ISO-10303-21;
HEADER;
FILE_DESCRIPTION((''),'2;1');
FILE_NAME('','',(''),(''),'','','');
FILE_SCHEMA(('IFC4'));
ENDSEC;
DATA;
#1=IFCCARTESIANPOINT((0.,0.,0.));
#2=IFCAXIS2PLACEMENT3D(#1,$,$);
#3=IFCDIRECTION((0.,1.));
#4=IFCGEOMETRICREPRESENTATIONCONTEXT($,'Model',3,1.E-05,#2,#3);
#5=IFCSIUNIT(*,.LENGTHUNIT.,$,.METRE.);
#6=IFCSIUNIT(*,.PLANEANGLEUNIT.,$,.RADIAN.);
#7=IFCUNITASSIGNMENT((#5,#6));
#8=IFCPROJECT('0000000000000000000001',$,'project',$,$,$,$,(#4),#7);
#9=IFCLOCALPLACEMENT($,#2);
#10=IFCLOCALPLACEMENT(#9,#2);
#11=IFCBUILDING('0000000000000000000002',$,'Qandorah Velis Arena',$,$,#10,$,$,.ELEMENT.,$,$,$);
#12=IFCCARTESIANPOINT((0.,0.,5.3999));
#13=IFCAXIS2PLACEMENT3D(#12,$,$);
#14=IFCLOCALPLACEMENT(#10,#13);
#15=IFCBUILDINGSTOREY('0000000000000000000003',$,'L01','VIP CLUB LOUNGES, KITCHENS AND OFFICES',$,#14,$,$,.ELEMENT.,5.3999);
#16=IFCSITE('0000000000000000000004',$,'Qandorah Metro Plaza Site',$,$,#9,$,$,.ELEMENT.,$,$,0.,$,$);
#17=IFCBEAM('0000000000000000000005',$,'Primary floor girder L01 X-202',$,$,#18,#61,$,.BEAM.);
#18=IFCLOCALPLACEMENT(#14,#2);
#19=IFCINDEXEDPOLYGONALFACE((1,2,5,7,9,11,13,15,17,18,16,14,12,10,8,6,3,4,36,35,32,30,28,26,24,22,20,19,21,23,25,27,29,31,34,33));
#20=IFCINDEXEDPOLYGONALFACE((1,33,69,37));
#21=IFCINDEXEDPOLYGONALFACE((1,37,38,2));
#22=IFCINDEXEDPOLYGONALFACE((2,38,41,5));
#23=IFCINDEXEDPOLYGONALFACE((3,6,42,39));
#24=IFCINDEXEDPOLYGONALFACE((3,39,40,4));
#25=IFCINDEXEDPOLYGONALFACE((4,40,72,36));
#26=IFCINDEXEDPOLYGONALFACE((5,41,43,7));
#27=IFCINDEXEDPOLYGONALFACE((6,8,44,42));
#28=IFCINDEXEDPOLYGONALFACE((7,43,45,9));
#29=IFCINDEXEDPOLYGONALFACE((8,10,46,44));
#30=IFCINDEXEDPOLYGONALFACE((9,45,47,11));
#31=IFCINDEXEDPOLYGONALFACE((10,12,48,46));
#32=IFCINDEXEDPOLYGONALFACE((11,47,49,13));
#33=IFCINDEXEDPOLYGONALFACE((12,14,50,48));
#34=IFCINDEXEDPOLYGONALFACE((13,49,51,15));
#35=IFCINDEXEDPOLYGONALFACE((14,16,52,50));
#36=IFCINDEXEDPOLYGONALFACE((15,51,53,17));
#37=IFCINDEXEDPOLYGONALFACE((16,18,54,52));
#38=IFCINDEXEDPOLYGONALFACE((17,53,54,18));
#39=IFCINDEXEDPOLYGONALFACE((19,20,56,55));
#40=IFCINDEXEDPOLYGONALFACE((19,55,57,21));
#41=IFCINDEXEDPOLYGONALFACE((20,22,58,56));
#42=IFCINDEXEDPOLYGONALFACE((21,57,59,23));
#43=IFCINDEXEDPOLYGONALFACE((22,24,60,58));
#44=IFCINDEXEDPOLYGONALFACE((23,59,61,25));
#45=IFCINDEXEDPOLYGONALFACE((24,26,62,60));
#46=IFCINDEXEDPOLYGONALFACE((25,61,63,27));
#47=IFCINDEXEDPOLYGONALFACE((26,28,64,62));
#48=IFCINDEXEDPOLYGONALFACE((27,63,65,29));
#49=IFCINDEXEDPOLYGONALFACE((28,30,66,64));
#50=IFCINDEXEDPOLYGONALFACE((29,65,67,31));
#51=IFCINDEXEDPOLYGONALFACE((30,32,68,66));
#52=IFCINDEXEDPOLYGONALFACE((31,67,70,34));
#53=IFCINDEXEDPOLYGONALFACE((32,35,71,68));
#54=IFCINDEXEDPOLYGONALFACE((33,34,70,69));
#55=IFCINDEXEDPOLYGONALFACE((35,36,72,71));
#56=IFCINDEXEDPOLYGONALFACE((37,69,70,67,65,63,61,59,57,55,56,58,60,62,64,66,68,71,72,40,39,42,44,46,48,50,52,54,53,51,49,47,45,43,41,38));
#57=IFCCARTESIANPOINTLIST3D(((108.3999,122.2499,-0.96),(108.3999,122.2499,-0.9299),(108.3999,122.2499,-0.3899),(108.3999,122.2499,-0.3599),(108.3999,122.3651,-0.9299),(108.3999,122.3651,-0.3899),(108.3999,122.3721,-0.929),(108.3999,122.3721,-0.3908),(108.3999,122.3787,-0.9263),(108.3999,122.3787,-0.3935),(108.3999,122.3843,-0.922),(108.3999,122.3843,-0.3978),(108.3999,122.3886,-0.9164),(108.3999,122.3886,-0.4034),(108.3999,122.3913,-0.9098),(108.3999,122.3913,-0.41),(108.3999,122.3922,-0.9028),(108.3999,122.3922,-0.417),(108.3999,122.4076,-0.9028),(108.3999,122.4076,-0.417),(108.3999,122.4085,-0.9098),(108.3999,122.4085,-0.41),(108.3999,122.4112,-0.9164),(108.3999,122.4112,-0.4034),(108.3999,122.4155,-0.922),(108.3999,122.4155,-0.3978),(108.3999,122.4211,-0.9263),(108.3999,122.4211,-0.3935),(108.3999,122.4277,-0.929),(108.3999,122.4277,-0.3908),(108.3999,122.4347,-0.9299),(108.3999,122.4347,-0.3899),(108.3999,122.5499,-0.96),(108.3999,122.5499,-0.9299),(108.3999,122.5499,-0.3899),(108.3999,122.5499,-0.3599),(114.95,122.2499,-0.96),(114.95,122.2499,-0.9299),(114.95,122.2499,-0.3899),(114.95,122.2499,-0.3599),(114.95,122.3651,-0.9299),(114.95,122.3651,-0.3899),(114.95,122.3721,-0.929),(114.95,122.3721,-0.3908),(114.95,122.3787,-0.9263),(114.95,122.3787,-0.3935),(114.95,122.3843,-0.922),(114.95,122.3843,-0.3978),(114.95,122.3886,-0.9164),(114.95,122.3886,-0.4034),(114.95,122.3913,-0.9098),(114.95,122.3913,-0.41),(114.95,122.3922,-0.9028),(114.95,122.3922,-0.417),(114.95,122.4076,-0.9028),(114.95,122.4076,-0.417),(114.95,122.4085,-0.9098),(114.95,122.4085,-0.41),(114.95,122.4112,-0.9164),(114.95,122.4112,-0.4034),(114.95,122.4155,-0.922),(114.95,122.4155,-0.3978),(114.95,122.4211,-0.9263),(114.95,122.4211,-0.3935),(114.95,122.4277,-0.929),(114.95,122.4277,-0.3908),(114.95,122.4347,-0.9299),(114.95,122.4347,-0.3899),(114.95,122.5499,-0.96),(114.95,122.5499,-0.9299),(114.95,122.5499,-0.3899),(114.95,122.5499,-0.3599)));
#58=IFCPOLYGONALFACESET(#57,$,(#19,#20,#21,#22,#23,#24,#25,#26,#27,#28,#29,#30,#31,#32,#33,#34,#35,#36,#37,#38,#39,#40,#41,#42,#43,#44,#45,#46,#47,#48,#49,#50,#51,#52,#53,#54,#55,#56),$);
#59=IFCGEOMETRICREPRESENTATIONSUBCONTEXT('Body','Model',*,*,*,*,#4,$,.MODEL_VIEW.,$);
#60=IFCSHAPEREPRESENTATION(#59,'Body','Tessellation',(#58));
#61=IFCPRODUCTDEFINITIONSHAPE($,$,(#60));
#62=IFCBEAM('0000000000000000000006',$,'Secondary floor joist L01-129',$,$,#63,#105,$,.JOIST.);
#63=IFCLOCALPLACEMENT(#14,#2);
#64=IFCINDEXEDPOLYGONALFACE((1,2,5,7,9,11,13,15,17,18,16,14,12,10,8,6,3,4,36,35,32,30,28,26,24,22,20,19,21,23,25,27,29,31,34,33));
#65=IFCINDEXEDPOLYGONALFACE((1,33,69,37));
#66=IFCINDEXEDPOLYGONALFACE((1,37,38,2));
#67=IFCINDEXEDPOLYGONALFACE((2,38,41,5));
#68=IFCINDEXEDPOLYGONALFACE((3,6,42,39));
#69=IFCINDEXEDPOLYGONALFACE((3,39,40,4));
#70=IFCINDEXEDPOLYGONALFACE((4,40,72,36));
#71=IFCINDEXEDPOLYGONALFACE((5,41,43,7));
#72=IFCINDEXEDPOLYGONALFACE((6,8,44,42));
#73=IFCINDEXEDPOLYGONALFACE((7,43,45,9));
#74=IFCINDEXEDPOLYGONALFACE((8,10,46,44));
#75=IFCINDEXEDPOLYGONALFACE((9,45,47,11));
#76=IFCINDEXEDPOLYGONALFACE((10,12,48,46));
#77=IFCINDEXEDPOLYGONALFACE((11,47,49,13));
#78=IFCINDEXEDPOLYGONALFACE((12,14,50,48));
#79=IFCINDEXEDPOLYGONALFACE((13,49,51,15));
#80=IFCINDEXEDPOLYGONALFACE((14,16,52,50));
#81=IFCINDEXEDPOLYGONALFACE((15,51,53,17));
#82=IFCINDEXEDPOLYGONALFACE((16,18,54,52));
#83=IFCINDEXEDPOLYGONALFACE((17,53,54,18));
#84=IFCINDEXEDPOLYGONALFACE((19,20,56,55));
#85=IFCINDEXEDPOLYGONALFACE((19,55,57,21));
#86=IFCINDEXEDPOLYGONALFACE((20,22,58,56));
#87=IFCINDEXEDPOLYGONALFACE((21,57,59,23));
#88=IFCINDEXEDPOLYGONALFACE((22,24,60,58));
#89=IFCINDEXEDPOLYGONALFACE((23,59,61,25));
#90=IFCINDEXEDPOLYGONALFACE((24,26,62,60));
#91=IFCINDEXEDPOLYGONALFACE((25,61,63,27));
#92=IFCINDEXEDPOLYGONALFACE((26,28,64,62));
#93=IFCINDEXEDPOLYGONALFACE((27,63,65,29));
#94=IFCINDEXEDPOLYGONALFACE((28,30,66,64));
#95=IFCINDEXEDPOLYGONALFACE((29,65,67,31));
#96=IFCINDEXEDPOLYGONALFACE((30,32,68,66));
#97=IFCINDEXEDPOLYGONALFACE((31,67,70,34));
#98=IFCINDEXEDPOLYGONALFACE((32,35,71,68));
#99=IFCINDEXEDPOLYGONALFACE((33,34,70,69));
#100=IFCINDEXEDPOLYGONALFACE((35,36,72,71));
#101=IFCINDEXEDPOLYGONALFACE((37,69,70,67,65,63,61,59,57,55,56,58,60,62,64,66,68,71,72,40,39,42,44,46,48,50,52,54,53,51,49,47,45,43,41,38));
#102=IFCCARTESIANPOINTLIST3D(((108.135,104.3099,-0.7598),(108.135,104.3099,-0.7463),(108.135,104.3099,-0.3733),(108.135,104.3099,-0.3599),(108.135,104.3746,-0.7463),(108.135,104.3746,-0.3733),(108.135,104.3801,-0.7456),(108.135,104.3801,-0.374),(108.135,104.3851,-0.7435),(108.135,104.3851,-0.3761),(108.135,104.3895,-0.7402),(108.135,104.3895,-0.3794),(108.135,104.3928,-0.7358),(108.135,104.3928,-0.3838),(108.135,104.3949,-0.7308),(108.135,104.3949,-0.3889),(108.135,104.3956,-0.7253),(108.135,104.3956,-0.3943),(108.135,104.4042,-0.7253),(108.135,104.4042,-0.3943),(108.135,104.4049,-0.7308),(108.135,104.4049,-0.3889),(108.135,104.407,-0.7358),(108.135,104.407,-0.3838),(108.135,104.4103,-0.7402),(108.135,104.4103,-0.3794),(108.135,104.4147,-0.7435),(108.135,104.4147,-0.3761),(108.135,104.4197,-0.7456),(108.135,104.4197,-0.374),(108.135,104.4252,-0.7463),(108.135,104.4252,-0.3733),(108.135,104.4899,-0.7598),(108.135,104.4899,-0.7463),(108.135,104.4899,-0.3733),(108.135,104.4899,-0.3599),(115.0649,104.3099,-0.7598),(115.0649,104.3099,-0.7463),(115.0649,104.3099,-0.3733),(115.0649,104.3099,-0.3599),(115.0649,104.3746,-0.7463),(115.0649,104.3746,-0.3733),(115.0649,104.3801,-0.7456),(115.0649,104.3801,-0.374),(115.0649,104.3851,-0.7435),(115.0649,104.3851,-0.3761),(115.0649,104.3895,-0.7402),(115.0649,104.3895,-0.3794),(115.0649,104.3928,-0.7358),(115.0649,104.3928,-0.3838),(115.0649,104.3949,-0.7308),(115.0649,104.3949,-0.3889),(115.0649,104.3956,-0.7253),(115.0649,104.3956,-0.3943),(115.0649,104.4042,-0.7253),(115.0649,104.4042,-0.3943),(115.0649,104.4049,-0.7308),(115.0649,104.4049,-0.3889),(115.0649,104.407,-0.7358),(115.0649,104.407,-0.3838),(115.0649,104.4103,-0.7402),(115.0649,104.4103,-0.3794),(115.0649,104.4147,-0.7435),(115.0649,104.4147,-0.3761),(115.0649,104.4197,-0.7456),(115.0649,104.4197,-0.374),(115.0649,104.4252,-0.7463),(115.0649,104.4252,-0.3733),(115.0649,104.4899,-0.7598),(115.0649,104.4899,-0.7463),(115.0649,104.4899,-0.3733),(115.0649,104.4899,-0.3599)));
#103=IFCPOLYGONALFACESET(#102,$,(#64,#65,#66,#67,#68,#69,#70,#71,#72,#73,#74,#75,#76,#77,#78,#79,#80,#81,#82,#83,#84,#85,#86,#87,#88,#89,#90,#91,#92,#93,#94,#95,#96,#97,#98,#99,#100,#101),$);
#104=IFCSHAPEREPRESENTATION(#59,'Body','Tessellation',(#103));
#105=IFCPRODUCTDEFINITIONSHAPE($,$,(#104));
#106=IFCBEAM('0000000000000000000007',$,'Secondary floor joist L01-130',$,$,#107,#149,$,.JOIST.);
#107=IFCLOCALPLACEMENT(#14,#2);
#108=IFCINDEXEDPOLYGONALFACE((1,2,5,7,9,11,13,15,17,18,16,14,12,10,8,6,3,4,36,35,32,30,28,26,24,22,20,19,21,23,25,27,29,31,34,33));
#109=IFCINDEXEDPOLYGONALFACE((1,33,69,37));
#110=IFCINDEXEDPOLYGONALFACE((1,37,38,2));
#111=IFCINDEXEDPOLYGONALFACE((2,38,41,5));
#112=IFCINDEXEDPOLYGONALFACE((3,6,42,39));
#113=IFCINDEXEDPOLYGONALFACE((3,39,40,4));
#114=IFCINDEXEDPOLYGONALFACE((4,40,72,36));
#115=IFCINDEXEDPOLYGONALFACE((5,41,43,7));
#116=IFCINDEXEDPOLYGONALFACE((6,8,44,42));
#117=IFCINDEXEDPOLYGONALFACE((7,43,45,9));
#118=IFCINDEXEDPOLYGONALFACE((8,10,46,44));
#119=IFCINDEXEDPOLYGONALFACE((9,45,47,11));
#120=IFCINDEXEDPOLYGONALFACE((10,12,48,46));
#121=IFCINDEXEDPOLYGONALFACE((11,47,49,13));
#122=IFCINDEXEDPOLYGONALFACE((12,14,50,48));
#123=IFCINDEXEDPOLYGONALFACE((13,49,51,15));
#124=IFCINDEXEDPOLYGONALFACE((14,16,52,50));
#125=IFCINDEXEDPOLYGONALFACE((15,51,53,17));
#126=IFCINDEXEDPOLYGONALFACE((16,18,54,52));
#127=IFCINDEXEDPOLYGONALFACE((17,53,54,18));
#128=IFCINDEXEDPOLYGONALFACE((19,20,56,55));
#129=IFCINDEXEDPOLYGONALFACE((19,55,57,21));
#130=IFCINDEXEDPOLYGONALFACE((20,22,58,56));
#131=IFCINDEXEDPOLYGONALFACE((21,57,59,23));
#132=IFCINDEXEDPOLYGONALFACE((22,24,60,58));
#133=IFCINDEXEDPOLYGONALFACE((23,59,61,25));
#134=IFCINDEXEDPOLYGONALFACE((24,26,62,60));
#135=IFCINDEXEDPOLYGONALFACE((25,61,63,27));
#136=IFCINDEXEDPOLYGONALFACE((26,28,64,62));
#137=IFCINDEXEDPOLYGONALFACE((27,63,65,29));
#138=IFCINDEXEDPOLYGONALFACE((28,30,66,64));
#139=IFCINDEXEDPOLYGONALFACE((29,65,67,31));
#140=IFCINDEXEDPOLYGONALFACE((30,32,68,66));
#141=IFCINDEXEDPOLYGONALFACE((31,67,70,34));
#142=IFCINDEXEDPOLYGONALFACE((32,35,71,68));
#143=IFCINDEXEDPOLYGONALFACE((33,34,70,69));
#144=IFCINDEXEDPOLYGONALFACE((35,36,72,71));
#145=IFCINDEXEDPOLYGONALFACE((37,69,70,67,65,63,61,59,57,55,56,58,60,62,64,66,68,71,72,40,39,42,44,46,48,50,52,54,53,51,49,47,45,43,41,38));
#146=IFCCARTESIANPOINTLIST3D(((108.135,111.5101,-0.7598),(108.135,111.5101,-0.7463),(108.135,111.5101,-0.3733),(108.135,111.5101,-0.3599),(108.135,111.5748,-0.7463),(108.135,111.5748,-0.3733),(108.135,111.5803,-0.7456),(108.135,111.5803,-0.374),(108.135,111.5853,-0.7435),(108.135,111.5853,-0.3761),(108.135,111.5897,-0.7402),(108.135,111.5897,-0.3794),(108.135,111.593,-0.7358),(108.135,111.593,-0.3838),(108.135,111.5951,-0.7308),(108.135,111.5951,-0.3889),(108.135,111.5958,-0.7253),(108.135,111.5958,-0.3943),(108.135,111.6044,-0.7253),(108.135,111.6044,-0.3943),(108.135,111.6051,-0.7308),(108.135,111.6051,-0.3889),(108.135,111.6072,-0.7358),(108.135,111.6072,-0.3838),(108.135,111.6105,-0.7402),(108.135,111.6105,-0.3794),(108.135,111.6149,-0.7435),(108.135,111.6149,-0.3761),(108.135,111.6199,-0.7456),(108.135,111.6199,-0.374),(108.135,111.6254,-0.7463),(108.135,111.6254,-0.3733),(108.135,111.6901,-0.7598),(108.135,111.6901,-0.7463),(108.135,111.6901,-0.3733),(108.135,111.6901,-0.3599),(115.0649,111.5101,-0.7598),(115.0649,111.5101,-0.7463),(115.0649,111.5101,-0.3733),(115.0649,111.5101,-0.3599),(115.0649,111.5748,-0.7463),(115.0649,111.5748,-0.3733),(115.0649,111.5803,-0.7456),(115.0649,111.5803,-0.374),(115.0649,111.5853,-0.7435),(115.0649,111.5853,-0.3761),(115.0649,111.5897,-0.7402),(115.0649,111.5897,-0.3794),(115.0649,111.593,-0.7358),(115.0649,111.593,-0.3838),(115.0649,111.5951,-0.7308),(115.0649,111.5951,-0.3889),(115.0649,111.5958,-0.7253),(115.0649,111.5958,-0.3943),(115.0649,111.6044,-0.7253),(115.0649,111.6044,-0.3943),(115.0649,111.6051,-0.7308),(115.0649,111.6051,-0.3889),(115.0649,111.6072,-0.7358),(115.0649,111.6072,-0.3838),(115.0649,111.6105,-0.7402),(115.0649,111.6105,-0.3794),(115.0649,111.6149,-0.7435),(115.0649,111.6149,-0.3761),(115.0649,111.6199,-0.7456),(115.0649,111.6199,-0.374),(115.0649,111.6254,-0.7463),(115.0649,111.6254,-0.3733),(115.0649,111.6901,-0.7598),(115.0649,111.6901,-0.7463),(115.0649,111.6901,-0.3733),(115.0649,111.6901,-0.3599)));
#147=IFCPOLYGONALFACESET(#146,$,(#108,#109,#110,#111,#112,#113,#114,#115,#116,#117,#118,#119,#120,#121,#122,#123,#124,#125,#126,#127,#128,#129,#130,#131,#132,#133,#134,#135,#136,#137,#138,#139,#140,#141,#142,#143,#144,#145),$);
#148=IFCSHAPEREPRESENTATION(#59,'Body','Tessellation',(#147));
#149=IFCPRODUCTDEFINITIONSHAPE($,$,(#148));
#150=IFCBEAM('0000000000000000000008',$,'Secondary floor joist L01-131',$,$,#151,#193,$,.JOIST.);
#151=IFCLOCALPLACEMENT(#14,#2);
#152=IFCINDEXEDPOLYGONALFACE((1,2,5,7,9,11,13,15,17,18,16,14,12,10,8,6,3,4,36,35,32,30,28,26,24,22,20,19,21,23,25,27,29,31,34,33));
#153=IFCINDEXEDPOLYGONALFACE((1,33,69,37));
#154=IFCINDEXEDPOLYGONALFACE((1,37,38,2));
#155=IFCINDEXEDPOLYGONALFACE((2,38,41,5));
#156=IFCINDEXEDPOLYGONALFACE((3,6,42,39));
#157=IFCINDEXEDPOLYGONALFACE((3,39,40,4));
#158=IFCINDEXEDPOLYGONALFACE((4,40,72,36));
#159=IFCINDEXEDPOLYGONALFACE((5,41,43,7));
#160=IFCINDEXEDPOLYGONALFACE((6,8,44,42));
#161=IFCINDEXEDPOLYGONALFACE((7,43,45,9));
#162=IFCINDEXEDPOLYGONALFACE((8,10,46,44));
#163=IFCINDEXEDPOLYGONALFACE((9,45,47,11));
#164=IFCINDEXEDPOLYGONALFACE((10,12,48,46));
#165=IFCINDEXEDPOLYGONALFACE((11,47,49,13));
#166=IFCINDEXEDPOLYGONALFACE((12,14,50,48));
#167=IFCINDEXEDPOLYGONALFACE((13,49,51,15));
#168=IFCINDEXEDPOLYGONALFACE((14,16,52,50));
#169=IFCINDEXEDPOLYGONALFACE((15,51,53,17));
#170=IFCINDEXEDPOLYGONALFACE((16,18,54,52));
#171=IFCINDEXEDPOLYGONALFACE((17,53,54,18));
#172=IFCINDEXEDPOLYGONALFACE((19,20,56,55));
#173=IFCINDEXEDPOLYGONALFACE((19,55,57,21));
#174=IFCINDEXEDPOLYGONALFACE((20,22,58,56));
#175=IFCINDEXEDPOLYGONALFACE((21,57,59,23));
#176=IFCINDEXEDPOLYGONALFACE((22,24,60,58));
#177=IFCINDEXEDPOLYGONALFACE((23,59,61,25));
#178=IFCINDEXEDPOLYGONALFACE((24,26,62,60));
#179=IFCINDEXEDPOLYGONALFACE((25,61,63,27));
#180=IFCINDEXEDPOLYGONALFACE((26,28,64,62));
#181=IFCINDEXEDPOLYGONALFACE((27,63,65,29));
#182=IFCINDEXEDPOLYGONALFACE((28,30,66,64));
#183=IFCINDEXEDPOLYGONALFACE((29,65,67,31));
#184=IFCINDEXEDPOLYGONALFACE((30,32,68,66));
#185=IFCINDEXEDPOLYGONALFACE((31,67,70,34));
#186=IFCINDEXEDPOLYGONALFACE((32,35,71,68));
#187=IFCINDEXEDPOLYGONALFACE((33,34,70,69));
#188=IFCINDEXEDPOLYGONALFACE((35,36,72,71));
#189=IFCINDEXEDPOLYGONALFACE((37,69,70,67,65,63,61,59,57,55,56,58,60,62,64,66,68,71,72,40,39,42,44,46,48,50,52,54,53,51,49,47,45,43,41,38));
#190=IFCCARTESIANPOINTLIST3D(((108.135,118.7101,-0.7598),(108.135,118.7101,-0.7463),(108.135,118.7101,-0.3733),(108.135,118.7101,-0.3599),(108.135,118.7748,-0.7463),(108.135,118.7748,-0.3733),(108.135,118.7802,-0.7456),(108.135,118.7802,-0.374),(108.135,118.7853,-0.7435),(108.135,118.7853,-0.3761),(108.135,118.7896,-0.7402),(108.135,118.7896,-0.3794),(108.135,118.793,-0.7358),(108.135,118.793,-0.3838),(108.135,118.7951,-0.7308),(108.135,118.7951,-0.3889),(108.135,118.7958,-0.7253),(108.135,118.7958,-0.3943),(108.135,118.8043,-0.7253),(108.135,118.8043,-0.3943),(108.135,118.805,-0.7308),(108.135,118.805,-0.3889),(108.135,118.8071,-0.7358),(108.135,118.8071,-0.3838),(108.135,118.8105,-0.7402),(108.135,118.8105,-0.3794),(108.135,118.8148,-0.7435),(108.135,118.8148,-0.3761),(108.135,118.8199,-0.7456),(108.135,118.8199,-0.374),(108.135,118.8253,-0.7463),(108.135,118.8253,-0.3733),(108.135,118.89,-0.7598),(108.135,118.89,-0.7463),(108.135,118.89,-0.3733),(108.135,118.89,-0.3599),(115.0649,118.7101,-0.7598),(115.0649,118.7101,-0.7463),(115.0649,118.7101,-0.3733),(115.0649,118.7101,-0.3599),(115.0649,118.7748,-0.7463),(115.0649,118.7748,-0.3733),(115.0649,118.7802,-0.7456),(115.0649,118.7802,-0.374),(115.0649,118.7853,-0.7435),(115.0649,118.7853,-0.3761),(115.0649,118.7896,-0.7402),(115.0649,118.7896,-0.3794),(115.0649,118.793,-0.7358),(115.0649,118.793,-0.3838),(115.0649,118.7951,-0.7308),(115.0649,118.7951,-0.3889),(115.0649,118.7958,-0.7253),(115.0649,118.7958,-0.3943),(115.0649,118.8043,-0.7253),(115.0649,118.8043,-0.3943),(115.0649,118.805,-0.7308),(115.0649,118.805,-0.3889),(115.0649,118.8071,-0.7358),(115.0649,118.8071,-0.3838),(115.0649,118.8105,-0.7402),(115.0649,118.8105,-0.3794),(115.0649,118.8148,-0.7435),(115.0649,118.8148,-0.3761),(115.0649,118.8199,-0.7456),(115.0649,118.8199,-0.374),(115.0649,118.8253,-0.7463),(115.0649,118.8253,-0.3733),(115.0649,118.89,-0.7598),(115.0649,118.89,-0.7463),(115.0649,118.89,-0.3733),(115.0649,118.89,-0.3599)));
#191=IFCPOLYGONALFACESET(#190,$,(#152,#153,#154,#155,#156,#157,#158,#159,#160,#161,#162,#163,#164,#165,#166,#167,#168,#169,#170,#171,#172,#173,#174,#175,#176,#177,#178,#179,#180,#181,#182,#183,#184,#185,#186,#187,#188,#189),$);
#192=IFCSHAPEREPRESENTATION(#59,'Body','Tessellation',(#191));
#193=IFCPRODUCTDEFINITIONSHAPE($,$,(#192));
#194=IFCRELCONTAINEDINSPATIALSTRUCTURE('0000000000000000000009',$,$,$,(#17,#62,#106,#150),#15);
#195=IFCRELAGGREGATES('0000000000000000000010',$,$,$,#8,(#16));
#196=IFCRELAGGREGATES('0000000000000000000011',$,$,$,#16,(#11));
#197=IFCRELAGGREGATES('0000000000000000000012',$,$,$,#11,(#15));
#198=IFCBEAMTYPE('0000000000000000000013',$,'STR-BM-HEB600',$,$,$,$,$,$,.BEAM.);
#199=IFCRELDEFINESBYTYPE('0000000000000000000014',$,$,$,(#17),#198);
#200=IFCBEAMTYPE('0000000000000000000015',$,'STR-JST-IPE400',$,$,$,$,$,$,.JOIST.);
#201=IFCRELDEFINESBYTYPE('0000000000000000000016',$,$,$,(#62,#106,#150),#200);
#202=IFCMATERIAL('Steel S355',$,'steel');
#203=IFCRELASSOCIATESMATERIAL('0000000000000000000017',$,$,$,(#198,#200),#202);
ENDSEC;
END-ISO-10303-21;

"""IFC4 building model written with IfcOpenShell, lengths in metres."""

from ifc_helpers import new_model, si_unit, direction, frame, origin, origin_2d, place, context, subcontext, project, spatial, i_section, extrude, material, material_profile, profile_set, type_object, element, save


model = new_model("IFC4")

# Units and contexts
model_context = context("Model", 3, precision=1e-05, world=origin(), true_north=direction((0.0, 1.0)))
body_context = subcontext(model_context, "Body", "Model", "MODEL_VIEW")
ifc_project = project(units=[si_unit("LENGTHUNIT", "METRE"), si_unit("PLANEANGLEUNIT", "RADIAN")], contexts=[model_context])

# Site, building, storey
site_placement = place(None, origin())
site = spatial("IfcSite", under=ifc_project, at=site_placement, Name="Qandorah Metro Plaza Site", CompositionType="ELEMENT", RefElevation=0.0)
building_placement = place(site_placement, origin())
building = spatial("IfcBuilding", under=site, at=building_placement, Name="Qandorah Velis Arena", CompositionType="ELEMENT")
storey_placement = place(building_placement, frame((0.0, 0.0, 5.3999)))
storey = spatial("IfcBuildingStorey", under=building, at=storey_placement, Name="L01", Description="VIP CLUB LOUNGES, KITCHENS AND OFFICES", CompositionType="ELEMENT", Elevation=5.3999)

# Beams
ifc_material_1 = material(Name="Steel S355", Category="steel")
ifc_material_profile_1 = material_profile(ifc_material_1, i_section(OverallWidth=0.3, OverallDepth=0.6001, WebThickness=0.0154, FlangeThickness=0.03, FilletRadius=0.0271, at=origin_2d()), Name="HEB 600")
ifc_profile_set_1 = profile_set([ifc_material_profile_1], Name="Steel S355")
beam_type_1 = type_object("IfcBeamType", Name="STR-BM-HEB600", PredefinedType="BEAM", material=ifc_profile_set_1)
beam_1_placement = place(storey_placement, frame((108.3999, 122.3999, -0.6599), z_axis=(1.0, 0.0, 0.0), x_axis=(0.0, 1.0, 0.0)))
element("IfcBeam", 1, at=beam_1_placement, inside=storey, type_object=beam_type_1, Name="Primary floor girder L01 X-202", PredefinedType="BEAM", context=body_context, shape_type="SweptSolid", body=[
    extrude(i_section(OverallWidth=0.3, OverallDepth=0.6001, WebThickness=0.0154, FlangeThickness=0.03, FilletRadius=0.0271, at=origin_2d()), origin(), (0.0, 0.0, 1.0), 6.55),
])
ifc_material_profile_2 = material_profile(ifc_material_1, i_section(OverallWidth=0.1799, OverallDepth=0.3999, WebThickness=0.0085, FlangeThickness=0.0134, FilletRadius=0.021, at=origin_2d()), Name="IPE 400")
ifc_profile_set_2 = profile_set([ifc_material_profile_2], Name="Steel S355")
beam_type_2 = type_object("IfcBeamType", Name="STR-JST-IPE400", PredefinedType="JOIST", material=ifc_profile_set_2)
for number, where, z_axis, x_axis, name in (
    (2, (108.135, 104.3999, -0.5598), (1.0, 0.0, 0.0), (0.0, 1.0, 0.0), "Secondary floor joist L01-129"),
    (3, (108.135, 111.6001, -0.5598), (1.0, 0.0, 0.0), (0.0, 1.0, 0.0), "Secondary floor joist L01-130"),
    (4, (108.135, 118.8, -0.5598), (1.0, 0.0, 0.0), (0.0, 1.0, 0.0), "Secondary floor joist L01-131"),
):
    element("IfcBeam", number, at=place(storey_placement, frame(where, z_axis=z_axis, x_axis=x_axis)), inside=storey, type_object=beam_type_2, Name=name, PredefinedType="JOIST", context=body_context, shape_type="SweptSolid", body=[
        extrude(i_section(OverallWidth=0.1799, OverallDepth=0.3999, WebThickness=0.0085, FlangeThickness=0.0134, FilletRadius=0.021, at=origin_2d()), origin(), (0.0, 0.0, 1.0), 6.9299),
    ])

save(model, "model.ifc")
